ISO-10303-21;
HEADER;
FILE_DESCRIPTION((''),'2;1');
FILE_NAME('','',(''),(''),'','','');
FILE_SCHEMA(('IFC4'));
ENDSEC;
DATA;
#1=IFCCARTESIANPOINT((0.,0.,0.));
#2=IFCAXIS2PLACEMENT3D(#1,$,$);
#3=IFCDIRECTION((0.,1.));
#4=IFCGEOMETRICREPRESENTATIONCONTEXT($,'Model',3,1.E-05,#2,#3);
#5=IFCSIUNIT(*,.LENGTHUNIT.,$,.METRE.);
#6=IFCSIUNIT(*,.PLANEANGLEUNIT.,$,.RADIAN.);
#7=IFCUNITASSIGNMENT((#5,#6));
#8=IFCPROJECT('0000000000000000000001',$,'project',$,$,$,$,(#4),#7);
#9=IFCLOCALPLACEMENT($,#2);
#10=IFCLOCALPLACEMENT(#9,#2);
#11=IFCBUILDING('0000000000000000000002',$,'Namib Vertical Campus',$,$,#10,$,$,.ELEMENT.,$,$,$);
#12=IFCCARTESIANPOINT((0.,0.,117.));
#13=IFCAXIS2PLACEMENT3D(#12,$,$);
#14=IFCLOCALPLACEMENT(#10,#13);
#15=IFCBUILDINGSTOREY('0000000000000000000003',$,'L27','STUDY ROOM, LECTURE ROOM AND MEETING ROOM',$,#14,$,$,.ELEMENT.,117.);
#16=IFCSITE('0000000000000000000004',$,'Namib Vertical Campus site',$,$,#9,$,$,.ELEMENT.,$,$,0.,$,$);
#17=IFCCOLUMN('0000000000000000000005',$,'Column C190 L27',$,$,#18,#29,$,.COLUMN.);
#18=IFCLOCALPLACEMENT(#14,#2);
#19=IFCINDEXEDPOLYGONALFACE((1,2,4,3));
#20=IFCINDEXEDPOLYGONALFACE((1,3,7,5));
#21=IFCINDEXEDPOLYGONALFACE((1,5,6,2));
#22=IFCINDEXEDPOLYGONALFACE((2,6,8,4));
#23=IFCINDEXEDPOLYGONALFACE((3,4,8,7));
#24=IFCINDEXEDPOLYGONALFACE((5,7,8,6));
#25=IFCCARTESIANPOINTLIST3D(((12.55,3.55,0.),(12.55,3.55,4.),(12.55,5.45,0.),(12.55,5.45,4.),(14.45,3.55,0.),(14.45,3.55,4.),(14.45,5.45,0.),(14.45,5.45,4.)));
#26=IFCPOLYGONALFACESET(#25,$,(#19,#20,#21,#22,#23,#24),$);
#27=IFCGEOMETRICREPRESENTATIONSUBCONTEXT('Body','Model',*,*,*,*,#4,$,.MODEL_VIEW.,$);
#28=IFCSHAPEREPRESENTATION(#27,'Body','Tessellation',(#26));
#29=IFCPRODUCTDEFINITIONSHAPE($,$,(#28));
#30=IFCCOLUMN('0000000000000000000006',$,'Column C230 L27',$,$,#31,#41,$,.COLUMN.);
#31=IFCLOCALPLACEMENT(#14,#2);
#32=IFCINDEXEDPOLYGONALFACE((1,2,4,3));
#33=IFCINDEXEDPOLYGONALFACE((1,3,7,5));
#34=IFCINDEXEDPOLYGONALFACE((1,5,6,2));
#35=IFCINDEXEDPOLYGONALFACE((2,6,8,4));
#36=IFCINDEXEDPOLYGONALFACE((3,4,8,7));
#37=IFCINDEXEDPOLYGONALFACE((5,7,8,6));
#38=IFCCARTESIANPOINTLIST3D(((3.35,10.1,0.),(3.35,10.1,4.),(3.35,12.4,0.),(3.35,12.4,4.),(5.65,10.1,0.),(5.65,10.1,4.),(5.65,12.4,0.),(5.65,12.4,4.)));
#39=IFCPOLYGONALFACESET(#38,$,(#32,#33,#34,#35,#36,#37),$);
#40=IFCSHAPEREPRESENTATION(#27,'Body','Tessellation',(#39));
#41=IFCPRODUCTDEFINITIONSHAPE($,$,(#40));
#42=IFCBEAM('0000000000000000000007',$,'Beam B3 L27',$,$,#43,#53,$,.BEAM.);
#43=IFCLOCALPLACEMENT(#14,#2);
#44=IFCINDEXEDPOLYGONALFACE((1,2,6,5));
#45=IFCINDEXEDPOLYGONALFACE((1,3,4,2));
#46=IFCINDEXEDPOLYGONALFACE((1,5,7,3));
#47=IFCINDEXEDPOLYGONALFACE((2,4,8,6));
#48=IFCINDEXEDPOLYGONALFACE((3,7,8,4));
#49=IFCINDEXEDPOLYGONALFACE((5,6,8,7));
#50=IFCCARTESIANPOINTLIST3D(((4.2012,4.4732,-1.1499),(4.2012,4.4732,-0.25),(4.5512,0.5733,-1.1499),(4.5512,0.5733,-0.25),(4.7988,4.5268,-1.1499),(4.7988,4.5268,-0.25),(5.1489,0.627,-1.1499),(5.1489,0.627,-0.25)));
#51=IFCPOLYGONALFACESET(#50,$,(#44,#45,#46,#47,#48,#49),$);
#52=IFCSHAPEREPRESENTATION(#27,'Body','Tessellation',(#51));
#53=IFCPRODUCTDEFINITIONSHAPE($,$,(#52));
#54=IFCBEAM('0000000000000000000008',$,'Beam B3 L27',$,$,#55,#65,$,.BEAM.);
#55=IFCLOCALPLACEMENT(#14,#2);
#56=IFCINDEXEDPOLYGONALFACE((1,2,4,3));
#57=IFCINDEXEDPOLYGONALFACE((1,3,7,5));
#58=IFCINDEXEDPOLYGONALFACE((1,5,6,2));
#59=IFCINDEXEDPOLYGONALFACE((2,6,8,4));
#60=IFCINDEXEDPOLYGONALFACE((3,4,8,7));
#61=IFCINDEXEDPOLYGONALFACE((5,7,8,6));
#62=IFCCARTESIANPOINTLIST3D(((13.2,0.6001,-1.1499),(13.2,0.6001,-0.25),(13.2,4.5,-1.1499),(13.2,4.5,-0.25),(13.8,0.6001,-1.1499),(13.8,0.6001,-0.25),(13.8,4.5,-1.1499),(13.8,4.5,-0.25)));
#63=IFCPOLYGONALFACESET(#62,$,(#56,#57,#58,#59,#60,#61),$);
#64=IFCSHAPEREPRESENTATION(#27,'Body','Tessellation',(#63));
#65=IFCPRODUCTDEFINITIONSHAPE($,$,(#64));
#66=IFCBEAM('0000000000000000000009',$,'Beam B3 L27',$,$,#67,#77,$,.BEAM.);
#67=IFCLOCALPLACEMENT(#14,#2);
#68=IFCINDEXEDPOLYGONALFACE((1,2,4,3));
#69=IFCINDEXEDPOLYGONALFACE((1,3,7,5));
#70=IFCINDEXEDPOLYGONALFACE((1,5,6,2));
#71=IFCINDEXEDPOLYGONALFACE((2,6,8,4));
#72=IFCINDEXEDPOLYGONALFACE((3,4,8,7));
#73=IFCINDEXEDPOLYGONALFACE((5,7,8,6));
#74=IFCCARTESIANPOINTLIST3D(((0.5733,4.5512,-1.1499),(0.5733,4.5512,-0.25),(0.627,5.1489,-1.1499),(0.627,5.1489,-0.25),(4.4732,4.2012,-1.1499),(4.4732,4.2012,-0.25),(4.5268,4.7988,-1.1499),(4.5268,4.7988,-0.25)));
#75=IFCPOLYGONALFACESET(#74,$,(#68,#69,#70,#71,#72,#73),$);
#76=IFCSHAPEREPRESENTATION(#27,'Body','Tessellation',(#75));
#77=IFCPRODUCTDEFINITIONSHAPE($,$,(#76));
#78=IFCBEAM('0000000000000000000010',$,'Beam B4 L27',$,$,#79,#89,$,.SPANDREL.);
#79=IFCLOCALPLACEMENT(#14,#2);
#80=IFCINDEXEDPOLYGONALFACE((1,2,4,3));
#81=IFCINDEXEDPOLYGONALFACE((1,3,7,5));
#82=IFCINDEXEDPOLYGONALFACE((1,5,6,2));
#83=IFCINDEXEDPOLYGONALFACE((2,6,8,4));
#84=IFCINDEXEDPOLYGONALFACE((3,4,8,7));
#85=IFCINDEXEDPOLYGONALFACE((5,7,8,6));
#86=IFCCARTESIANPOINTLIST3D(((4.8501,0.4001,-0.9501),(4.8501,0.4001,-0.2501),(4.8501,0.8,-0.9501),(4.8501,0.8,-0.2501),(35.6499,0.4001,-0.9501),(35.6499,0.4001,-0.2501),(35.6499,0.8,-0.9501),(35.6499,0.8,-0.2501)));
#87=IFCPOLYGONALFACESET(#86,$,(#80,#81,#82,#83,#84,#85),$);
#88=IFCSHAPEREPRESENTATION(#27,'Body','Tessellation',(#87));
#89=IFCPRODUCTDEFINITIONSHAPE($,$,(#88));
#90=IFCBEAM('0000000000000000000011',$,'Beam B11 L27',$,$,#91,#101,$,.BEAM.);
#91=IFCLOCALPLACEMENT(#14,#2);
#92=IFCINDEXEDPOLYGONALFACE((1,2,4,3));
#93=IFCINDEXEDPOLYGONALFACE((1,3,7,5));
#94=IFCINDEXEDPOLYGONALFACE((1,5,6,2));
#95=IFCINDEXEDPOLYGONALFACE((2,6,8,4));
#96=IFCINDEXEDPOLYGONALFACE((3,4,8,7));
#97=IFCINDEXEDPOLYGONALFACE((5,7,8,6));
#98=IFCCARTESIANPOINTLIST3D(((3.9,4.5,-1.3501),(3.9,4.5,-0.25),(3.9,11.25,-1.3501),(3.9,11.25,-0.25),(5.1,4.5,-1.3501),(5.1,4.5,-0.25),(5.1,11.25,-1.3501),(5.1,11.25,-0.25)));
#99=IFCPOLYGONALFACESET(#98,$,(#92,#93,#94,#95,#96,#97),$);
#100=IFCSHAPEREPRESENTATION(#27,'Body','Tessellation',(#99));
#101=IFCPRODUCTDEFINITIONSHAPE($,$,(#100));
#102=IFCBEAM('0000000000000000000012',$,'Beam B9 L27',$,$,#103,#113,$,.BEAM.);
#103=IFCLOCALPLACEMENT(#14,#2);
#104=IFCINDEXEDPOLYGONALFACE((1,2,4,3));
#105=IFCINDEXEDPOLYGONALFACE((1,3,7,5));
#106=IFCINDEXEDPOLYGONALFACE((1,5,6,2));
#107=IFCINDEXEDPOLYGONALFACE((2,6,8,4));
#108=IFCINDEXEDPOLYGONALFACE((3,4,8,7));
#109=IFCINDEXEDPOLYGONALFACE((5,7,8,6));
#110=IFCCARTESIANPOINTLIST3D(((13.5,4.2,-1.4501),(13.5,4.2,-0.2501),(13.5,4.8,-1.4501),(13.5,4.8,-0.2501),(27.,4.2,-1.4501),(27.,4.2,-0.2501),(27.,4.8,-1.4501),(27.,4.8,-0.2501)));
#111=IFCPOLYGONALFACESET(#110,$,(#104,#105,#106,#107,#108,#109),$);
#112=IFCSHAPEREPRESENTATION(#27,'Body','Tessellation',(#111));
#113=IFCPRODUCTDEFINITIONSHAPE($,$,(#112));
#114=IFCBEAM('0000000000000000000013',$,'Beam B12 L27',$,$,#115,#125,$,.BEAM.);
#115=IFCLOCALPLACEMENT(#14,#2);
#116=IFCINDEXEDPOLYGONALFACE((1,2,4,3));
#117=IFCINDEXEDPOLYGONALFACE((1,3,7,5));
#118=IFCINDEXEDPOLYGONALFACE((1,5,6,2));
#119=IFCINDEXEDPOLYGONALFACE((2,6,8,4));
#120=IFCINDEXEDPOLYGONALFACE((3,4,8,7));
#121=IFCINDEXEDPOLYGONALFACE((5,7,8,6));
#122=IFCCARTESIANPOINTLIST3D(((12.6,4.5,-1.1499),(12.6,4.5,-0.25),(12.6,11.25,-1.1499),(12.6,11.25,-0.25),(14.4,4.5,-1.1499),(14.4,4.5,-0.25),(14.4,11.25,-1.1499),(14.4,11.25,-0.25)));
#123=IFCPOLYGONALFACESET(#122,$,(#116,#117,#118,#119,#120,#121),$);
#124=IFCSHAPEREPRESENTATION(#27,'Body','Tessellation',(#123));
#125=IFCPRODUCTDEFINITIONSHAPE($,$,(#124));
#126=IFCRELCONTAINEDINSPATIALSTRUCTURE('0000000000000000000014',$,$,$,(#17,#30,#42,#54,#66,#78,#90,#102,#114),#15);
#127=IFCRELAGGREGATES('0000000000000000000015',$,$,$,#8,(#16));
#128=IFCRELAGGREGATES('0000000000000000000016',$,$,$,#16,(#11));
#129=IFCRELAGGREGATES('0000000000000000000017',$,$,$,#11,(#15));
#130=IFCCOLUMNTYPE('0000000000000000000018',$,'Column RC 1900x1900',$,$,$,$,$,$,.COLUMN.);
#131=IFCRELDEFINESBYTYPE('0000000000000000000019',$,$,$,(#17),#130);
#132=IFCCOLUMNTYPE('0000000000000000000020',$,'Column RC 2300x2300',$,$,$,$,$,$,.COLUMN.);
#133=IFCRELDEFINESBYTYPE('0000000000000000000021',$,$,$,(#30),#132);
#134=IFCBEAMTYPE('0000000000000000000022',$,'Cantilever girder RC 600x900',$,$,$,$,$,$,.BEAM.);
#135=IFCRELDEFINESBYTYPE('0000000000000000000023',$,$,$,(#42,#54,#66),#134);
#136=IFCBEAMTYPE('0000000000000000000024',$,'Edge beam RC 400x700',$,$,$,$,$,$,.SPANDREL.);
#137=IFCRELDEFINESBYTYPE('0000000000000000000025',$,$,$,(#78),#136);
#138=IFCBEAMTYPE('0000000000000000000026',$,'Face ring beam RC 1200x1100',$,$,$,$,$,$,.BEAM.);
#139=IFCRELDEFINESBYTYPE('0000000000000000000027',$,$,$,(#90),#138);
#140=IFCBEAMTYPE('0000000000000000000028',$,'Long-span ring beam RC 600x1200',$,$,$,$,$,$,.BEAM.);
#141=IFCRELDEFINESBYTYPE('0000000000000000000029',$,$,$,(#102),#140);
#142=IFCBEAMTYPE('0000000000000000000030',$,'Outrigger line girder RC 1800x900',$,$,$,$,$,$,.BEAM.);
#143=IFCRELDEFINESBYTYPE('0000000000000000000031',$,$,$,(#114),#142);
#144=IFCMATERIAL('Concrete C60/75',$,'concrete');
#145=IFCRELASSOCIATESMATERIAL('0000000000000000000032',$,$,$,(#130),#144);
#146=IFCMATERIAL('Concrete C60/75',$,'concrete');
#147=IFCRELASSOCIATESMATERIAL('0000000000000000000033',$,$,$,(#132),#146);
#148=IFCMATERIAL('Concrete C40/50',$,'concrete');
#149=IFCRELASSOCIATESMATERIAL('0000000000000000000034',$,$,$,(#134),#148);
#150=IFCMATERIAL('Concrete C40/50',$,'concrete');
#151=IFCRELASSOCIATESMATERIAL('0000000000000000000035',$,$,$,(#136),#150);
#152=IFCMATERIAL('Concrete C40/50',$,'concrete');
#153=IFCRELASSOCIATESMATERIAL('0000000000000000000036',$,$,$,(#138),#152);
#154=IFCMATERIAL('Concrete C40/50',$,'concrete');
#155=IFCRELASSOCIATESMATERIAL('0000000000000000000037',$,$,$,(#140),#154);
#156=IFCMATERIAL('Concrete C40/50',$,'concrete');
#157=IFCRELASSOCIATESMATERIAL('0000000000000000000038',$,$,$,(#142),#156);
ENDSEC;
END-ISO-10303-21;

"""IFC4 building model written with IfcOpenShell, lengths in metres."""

from ifc_helpers import new_model, si_unit, direction, frame, origin, origin_2d, place, context, subcontext, project, spatial, rectangle, extrude, material, material_profile, profile_set, type_object, element, save


model = new_model("IFC4")

# Units and contexts
model_context = context("Model", 3, precision=1e-05, world=origin(), true_north=direction((0.0, 1.0)))
body_context = subcontext(model_context, "Body", "Model", "MODEL_VIEW")
ifc_project = project(units=[si_unit("LENGTHUNIT", "METRE"), si_unit("PLANEANGLEUNIT", "RADIAN")], contexts=[model_context])

# Site, building, storey
site_placement = place(None, origin())
site = spatial("IfcSite", under=ifc_project, at=site_placement, Name="Namib Vertical Campus site", CompositionType="ELEMENT", RefElevation=0.0)
building_placement = place(site_placement, origin())
building = spatial("IfcBuilding", under=site, at=building_placement, Name="Namib Vertical Campus", CompositionType="ELEMENT")
storey_placement = place(building_placement, frame((0.0, 0.0, 117.0)))
storey = spatial("IfcBuildingStorey", under=building, at=storey_placement, Name="L27", Description="STUDY ROOM, LECTURE ROOM AND MEETING ROOM", CompositionType="ELEMENT", Elevation=117.0)

# Columns
ifc_material_1 = material(Name="Concrete C60/75", Category="concrete")
ifc_material_profile_1 = material_profile(ifc_material_1, rectangle(XDim=1.8999, YDim=1.8999, at=origin_2d()))
ifc_profile_set_1 = profile_set([ifc_material_profile_1], Name="Concrete C60/75")
column_type_1 = type_object("IfcColumnType", Name="Column RC 1900x1900", PredefinedType="COLUMN", material=ifc_profile_set_1)
column_1_placement = place(storey_placement, frame((13.5, 4.5, 0.0), z_axis=(0.0, 0.0, 1.0), x_axis=(1.0, 0.0, 0.0)))
element("IfcColumn", 1, at=column_1_placement, inside=storey, type_object=column_type_1, Name="Column C190 L27", PredefinedType="COLUMN", context=body_context, shape_type="SweptSolid", body=[
    extrude(rectangle(XDim=1.8999, YDim=1.8999, at=origin_2d()), origin(), (0.0, 0.0, 1.0), 4.0),
])
ifc_material_2 = material(Name="Concrete C60/75", Category="concrete")
ifc_material_profile_2 = material_profile(ifc_material_2, rectangle(XDim=2.3, YDim=2.3, at=origin_2d()))
ifc_profile_set_2 = profile_set([ifc_material_profile_2], Name="Concrete C60/75")
column_type_2 = type_object("IfcColumnType", Name="Column RC 2300x2300", PredefinedType="COLUMN", material=ifc_profile_set_2)
column_2_placement = place(storey_placement, frame((4.5, 11.25, 0.0), z_axis=(0.0, 0.0, 1.0), x_axis=(1.0, 0.0, 0.0)))
element("IfcColumn", 2, at=column_2_placement, inside=storey, type_object=column_type_2, Name="Column C230 L27", PredefinedType="COLUMN", context=body_context, shape_type="SweptSolid", body=[
    extrude(rectangle(XDim=2.3, YDim=2.3, at=origin_2d()), origin(), (0.0, 0.0, 1.0), 4.0),
])

# Beams
ifc_material_3 = material(Name="Concrete C40/50", Category="concrete")
ifc_material_profile_3 = material_profile(ifc_material_3, rectangle(XDim=0.6001, YDim=0.8999, at=origin_2d()))
ifc_profile_set_3 = profile_set([ifc_material_profile_3], Name="Concrete C40/50")
beam_type_1 = type_object("IfcBeamType", Name="Cantilever girder RC 600x900", PredefinedType="BEAM", material=ifc_profile_set_3)
beam_1_placement = place(storey_placement, frame((4.5, 4.5, -0.7), z_axis=(0.089411, -0.995995, 0.0), x_axis=(0.995995, 0.089411, 0.0)))
element("IfcBeam", 3, at=beam_1_placement, inside=storey, type_object=beam_type_1, Name="Beam B3 L27", PredefinedType="BEAM", context=body_context, shape_type="SweptSolid", body=[
    extrude(rectangle(XDim=0.6001, YDim=0.8999, at=origin_2d()), origin(), (0.0, 0.0, 1.0), 3.9155),
])
beam_2_placement = place(storey_placement, frame((13.5, 4.5, -0.7), z_axis=(0.0, -1.0, 0.0), x_axis=(1.0, 0.0, 0.0)))
element("IfcBeam", 4, at=beam_2_placement, inside=storey, type_object=beam_type_1, Name="Beam B3 L27", PredefinedType="BEAM", context=body_context, shape_type="SweptSolid", body=[
    extrude(rectangle(XDim=0.6001, YDim=0.8999, at=origin_2d()), origin(), (0.0, 0.0, 1.0), 3.8999),
])
beam_3_placement = place(storey_placement, frame((4.5, 4.5, -0.7), z_axis=(-0.995995, 0.089411, 0.0), x_axis=(-0.089411, -0.995995, 0.0)))
element("IfcBeam", 5, at=beam_3_placement, inside=storey, type_object=beam_type_1, Name="Beam B3 L27", PredefinedType="BEAM", context=body_context, shape_type="SweptSolid", body=[
    extrude(rectangle(XDim=0.6001, YDim=0.8999, at=origin_2d()), origin(), (0.0, 0.0, 1.0), 3.9155),
])
ifc_material_4 = material(Name="Concrete C40/50", Category="concrete")
ifc_material_profile_4 = material_profile(ifc_material_4, rectangle(XDim=0.3999, YDim=0.7, at=origin_2d()))
ifc_profile_set_4 = profile_set([ifc_material_profile_4], Name="Concrete C40/50")
beam_type_2 = type_object("IfcBeamType", Name="Edge beam RC 400x700", PredefinedType="SPANDREL", material=ifc_profile_set_4)
beam_4_placement = place(storey_placement, frame((4.8501, 0.6001, -0.6001), z_axis=(1.0, 0.0, 0.0), x_axis=(0.0, 1.0, 0.0)))
element("IfcBeam", 6, at=beam_4_placement, inside=storey, type_object=beam_type_2, Name="Beam B4 L27", PredefinedType="SPANDREL", context=body_context, shape_type="SweptSolid", body=[
    extrude(rectangle(XDim=0.3999, YDim=0.7, at=origin_2d()), origin(), (0.0, 0.0, 1.0), 30.7998),
])
ifc_material_5 = material(Name="Concrete C40/50", Category="concrete")
ifc_material_profile_5 = material_profile(ifc_material_5, rectangle(XDim=1.2, YDim=1.1001, at=origin_2d()))
ifc_profile_set_5 = profile_set([ifc_material_profile_5], Name="Concrete C40/50")
beam_type_3 = type_object("IfcBeamType", Name="Face ring beam RC 1200x1100", PredefinedType="BEAM", material=ifc_profile_set_5)
beam_5_placement = place(storey_placement, frame((4.5, 4.5, -0.8), z_axis=(0.0, 1.0, 0.0), x_axis=(-1.0, 0.0, 0.0)))
element("IfcBeam", 7, at=beam_5_placement, inside=storey, type_object=beam_type_3, Name="Beam B11 L27", PredefinedType="BEAM", context=body_context, shape_type="SweptSolid", body=[
    extrude(rectangle(XDim=1.2, YDim=1.1001, at=origin_2d()), origin(), (0.0, 0.0, 1.0), 6.75),
])
ifc_material_6 = material(Name="Concrete C40/50", Category="concrete")
ifc_material_profile_6 = material_profile(ifc_material_6, rectangle(XDim=0.6001, YDim=1.2, at=origin_2d()))
ifc_profile_set_6 = profile_set([ifc_material_profile_6], Name="Concrete C40/50")
beam_type_4 = type_object("IfcBeamType", Name="Long-span ring beam RC 600x1200", PredefinedType="BEAM", material=ifc_profile_set_6)
beam_6_placement = place(storey_placement, frame((13.5, 4.5, -0.8501), z_axis=(1.0, 0.0, 0.0), x_axis=(0.0, 1.0, 0.0)))
element("IfcBeam", 8, at=beam_6_placement, inside=storey, type_object=beam_type_4, Name="Beam B9 L27", PredefinedType="BEAM", context=body_context, shape_type="SweptSolid", body=[
    extrude(rectangle(XDim=0.6001, YDim=1.2, at=origin_2d()), origin(), (0.0, 0.0, 1.0), 13.5),
])
ifc_material_7 = material(Name="Concrete C40/50", Category="concrete")
ifc_material_profile_7 = material_profile(ifc_material_7, rectangle(XDim=1.8, YDim=0.8999, at=origin_2d()))
ifc_profile_set_7 = profile_set([ifc_material_profile_7], Name="Concrete C40/50")
beam_type_5 = type_object("IfcBeamType", Name="Outrigger line girder RC 1800x900", PredefinedType="BEAM", material=ifc_profile_set_7)
beam_7_placement = place(storey_placement, frame((13.5, 4.5, -0.7), z_axis=(0.0, 1.0, 0.0), x_axis=(-1.0, 0.0, 0.0)))
element("IfcBeam", 9, at=beam_7_placement, inside=storey, type_object=beam_type_5, Name="Beam B12 L27", PredefinedType="BEAM", context=body_context, shape_type="SweptSolid", body=[
    extrude(rectangle(XDim=1.8, YDim=0.8999, at=origin_2d()), origin(), (0.0, 0.0, 1.0), 6.75),
])

save(model, "model.ifc")
